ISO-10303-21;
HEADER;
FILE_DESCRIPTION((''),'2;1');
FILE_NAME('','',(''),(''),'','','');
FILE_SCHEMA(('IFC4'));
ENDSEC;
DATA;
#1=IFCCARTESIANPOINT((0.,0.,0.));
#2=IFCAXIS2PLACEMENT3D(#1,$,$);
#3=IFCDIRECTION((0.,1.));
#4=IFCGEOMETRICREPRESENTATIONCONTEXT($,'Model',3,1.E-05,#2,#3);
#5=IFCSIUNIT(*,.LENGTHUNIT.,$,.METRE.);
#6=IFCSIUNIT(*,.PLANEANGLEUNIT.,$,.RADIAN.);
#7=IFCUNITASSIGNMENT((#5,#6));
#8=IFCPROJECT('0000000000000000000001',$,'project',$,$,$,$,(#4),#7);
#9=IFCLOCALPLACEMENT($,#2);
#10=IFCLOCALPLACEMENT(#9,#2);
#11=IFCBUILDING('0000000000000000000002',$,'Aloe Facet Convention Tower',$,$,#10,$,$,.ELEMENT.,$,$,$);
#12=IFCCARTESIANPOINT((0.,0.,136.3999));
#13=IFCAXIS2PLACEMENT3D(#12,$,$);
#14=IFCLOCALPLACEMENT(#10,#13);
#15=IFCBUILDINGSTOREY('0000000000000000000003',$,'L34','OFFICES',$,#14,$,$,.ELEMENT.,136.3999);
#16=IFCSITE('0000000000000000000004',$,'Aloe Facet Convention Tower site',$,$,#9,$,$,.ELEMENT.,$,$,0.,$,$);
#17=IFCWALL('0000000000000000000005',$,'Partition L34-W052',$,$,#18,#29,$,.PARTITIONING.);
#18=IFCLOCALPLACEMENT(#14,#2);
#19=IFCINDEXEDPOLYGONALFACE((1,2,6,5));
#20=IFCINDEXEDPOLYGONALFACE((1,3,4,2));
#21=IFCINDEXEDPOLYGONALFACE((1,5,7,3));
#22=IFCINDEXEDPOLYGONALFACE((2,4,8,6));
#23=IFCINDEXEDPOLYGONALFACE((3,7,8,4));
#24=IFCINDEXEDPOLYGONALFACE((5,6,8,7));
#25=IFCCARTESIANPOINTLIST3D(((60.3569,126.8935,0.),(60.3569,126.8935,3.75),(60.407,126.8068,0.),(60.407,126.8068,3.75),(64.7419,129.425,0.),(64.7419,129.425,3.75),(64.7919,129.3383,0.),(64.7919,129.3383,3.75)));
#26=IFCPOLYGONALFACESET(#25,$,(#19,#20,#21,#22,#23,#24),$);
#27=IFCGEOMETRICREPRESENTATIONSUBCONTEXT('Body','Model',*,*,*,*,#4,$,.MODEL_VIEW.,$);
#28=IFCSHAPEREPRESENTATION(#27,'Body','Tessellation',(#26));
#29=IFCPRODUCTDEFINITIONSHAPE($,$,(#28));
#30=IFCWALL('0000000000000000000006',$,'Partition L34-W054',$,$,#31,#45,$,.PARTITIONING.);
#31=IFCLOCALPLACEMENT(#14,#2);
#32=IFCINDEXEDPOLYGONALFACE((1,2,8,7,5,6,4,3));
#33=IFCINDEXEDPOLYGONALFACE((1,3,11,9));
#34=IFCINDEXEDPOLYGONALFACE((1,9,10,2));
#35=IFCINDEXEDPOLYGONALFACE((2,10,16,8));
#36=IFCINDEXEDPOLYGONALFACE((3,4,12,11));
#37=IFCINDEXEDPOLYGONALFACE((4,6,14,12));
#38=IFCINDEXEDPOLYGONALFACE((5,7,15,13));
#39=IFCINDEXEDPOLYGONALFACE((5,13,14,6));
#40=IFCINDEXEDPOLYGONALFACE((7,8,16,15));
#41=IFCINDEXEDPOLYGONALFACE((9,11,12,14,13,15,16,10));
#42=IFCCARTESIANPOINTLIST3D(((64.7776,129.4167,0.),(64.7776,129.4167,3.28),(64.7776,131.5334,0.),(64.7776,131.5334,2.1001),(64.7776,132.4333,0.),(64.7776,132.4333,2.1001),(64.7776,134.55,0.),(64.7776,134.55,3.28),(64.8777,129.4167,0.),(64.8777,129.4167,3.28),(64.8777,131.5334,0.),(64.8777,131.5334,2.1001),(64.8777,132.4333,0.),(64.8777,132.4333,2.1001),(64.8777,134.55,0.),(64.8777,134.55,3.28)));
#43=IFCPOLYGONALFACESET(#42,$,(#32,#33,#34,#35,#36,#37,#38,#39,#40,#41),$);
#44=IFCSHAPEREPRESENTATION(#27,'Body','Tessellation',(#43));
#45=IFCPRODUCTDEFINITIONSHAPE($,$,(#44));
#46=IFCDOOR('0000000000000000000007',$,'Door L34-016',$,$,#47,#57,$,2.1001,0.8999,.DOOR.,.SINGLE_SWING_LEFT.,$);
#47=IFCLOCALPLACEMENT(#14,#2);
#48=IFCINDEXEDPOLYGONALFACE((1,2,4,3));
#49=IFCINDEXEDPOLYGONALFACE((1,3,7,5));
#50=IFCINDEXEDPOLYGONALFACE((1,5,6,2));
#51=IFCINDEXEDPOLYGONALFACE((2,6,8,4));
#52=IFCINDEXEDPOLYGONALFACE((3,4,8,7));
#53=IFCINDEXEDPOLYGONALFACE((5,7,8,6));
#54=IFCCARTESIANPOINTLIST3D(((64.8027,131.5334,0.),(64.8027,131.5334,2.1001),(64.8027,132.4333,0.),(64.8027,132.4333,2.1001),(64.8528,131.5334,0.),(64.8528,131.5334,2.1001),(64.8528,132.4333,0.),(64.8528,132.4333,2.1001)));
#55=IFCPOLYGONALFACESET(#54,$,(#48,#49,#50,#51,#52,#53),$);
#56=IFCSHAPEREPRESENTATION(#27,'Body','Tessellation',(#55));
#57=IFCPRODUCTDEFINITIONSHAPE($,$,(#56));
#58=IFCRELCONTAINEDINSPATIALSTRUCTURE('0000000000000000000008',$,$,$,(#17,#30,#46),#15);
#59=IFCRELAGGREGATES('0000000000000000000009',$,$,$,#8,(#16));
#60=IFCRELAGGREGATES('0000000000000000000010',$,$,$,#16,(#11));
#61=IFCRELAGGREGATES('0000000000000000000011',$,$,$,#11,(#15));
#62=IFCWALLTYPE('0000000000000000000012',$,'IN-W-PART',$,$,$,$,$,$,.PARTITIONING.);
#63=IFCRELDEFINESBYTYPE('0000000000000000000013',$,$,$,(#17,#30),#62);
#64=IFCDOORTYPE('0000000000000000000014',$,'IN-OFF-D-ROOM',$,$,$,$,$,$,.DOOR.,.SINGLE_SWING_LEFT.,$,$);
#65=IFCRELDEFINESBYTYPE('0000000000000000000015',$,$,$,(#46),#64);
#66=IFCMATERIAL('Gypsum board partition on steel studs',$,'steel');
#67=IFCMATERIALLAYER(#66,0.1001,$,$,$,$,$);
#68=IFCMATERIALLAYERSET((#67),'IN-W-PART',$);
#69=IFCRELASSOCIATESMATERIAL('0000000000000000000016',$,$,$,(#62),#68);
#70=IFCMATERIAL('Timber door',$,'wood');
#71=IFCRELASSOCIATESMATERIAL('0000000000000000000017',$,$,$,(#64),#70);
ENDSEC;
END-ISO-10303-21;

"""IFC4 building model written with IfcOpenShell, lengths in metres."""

from ifc_helpers import new_model, si_unit, direction, frame, frame_2d, origin, place, context, subcontext, project, spatial, rectangle, extrude, material, layer, layer_set, type_object, element, fill, save


model = new_model("IFC4")

# Units and contexts
model_context = context("Model", 3, precision=1e-05, world=origin(), true_north=direction((0.0, 1.0)))
body_context = subcontext(model_context, "Body", "Model", "MODEL_VIEW")
ifc_project = project(units=[si_unit("LENGTHUNIT", "METRE"), si_unit("PLANEANGLEUNIT", "RADIAN")], contexts=[model_context])

# Site, building, storey
site_placement = place(None, origin())
site = spatial("IfcSite", under=ifc_project, at=site_placement, Name="Aloe Facet Convention Tower site", CompositionType="ELEMENT", RefElevation=0.0)
building_placement = place(site_placement, origin())
building = spatial("IfcBuilding", under=site, at=building_placement, Name="Aloe Facet Convention Tower", CompositionType="ELEMENT")
storey_placement = place(building_placement, frame((0.0, 0.0, 136.3999)))
storey = spatial("IfcBuildingStorey", under=building, at=storey_placement, Name="L34", Description="OFFICES", CompositionType="ELEMENT", Elevation=136.3999)

# Shared definitions
ifc_material_1 = material(Name="Gypsum board partition on steel studs", Category="steel")
ifc_layer_1 = layer(ifc_material_1, 0.1001)
ifc_layer_set_1 = layer_set([ifc_layer_1], Name="IN-W-PART")
wall_type_1 = type_object("IfcWallType", Name="IN-W-PART", PredefinedType="PARTITIONING", material=ifc_layer_set_1)

# Shared definitions
ifc_material_2 = material(Name="Timber door", Category="wood")
door_type_1 = type_object("IfcDoorType", Name="IN-OFF-D-ROOM", OperationType="SINGLE_SWING_LEFT", PredefinedType="DOOR", material=ifc_material_2)

# Wall
wall_1_placement = place(storey_placement, frame((60.3818, 126.8501, 0.0), z_axis=(0.0, 0.0, 1.0), x_axis=(0.866042, 0.499971, 0.0)))
element("IfcWall", 1, at=wall_1_placement, inside=storey, type_object=wall_type_1, Name="Partition L34-W052", PredefinedType="PARTITIONING", context=body_context, shape_type="SweptSolid", body=[
    extrude(rectangle(XDim=5.0632, YDim=0.1001, at=frame_2d((2.5317, 0.0))), origin(), (0.0, 0.0, 1.0), 3.75),
])

# Wall, opening, door
wall_2_placement = place(storey_placement, frame((64.8276, 129.4167, 0.0), z_axis=(0.0, 0.0, 1.0), x_axis=(0.0, 1.0, 0.0)))
wall_2 = element("IfcWall", 2, at=wall_2_placement, inside=storey, type_object=wall_type_1, Name="Partition L34-W054", PredefinedType="PARTITIONING", context=body_context, shape_type="SweptSolid", body=[
    extrude(rectangle(XDim=5.1333, YDim=0.1001, at=frame_2d((2.5667, 0.0))), origin(), (0.0, 0.0, 1.0), 3.28),
])
opening_1_placement = place(wall_2_placement, frame((2.1167, 0.0, 0.0)))
opening_1 = element("IfcOpeningElement", 3, at=opening_1_placement, cuts=wall_2, PredefinedType="OPENING", context=body_context, shape_type="SweptSolid", body=[
    extrude(rectangle(XDim=0.8999, YDim=2.1001, at=frame_2d((0.45, 1.05))), frame((0.0, 0.0601, 0.0), z_axis=(0.0, -1.0, 0.0), x_axis=(1.0, 0.0, 0.0)), (0.0, 0.0, 1.0), 0.1201),
])
door_1_placement = place(opening_1_placement, origin())
door_1 = element("IfcDoor", 4, at=door_1_placement, inside=storey, type_object=door_type_1, Name="Door L34-016", OperationType="SINGLE_SWING_LEFT", OverallHeight=2.1001, OverallWidth=0.8999, PredefinedType="DOOR", context=body_context, shape_type="SweptSolid", body=[
    extrude(rectangle(XDim=0.8999, YDim=2.1001, at=frame_2d((0.45, 1.05))), frame((0.0, 0.0249, 0.0), z_axis=(0.0, -1.0, 0.0), x_axis=(1.0, 0.0, 0.0)), (0.0, 0.0, 1.0), 0.05),
])
fill(opening_1, door_1)

save(model, "model.ifc")
